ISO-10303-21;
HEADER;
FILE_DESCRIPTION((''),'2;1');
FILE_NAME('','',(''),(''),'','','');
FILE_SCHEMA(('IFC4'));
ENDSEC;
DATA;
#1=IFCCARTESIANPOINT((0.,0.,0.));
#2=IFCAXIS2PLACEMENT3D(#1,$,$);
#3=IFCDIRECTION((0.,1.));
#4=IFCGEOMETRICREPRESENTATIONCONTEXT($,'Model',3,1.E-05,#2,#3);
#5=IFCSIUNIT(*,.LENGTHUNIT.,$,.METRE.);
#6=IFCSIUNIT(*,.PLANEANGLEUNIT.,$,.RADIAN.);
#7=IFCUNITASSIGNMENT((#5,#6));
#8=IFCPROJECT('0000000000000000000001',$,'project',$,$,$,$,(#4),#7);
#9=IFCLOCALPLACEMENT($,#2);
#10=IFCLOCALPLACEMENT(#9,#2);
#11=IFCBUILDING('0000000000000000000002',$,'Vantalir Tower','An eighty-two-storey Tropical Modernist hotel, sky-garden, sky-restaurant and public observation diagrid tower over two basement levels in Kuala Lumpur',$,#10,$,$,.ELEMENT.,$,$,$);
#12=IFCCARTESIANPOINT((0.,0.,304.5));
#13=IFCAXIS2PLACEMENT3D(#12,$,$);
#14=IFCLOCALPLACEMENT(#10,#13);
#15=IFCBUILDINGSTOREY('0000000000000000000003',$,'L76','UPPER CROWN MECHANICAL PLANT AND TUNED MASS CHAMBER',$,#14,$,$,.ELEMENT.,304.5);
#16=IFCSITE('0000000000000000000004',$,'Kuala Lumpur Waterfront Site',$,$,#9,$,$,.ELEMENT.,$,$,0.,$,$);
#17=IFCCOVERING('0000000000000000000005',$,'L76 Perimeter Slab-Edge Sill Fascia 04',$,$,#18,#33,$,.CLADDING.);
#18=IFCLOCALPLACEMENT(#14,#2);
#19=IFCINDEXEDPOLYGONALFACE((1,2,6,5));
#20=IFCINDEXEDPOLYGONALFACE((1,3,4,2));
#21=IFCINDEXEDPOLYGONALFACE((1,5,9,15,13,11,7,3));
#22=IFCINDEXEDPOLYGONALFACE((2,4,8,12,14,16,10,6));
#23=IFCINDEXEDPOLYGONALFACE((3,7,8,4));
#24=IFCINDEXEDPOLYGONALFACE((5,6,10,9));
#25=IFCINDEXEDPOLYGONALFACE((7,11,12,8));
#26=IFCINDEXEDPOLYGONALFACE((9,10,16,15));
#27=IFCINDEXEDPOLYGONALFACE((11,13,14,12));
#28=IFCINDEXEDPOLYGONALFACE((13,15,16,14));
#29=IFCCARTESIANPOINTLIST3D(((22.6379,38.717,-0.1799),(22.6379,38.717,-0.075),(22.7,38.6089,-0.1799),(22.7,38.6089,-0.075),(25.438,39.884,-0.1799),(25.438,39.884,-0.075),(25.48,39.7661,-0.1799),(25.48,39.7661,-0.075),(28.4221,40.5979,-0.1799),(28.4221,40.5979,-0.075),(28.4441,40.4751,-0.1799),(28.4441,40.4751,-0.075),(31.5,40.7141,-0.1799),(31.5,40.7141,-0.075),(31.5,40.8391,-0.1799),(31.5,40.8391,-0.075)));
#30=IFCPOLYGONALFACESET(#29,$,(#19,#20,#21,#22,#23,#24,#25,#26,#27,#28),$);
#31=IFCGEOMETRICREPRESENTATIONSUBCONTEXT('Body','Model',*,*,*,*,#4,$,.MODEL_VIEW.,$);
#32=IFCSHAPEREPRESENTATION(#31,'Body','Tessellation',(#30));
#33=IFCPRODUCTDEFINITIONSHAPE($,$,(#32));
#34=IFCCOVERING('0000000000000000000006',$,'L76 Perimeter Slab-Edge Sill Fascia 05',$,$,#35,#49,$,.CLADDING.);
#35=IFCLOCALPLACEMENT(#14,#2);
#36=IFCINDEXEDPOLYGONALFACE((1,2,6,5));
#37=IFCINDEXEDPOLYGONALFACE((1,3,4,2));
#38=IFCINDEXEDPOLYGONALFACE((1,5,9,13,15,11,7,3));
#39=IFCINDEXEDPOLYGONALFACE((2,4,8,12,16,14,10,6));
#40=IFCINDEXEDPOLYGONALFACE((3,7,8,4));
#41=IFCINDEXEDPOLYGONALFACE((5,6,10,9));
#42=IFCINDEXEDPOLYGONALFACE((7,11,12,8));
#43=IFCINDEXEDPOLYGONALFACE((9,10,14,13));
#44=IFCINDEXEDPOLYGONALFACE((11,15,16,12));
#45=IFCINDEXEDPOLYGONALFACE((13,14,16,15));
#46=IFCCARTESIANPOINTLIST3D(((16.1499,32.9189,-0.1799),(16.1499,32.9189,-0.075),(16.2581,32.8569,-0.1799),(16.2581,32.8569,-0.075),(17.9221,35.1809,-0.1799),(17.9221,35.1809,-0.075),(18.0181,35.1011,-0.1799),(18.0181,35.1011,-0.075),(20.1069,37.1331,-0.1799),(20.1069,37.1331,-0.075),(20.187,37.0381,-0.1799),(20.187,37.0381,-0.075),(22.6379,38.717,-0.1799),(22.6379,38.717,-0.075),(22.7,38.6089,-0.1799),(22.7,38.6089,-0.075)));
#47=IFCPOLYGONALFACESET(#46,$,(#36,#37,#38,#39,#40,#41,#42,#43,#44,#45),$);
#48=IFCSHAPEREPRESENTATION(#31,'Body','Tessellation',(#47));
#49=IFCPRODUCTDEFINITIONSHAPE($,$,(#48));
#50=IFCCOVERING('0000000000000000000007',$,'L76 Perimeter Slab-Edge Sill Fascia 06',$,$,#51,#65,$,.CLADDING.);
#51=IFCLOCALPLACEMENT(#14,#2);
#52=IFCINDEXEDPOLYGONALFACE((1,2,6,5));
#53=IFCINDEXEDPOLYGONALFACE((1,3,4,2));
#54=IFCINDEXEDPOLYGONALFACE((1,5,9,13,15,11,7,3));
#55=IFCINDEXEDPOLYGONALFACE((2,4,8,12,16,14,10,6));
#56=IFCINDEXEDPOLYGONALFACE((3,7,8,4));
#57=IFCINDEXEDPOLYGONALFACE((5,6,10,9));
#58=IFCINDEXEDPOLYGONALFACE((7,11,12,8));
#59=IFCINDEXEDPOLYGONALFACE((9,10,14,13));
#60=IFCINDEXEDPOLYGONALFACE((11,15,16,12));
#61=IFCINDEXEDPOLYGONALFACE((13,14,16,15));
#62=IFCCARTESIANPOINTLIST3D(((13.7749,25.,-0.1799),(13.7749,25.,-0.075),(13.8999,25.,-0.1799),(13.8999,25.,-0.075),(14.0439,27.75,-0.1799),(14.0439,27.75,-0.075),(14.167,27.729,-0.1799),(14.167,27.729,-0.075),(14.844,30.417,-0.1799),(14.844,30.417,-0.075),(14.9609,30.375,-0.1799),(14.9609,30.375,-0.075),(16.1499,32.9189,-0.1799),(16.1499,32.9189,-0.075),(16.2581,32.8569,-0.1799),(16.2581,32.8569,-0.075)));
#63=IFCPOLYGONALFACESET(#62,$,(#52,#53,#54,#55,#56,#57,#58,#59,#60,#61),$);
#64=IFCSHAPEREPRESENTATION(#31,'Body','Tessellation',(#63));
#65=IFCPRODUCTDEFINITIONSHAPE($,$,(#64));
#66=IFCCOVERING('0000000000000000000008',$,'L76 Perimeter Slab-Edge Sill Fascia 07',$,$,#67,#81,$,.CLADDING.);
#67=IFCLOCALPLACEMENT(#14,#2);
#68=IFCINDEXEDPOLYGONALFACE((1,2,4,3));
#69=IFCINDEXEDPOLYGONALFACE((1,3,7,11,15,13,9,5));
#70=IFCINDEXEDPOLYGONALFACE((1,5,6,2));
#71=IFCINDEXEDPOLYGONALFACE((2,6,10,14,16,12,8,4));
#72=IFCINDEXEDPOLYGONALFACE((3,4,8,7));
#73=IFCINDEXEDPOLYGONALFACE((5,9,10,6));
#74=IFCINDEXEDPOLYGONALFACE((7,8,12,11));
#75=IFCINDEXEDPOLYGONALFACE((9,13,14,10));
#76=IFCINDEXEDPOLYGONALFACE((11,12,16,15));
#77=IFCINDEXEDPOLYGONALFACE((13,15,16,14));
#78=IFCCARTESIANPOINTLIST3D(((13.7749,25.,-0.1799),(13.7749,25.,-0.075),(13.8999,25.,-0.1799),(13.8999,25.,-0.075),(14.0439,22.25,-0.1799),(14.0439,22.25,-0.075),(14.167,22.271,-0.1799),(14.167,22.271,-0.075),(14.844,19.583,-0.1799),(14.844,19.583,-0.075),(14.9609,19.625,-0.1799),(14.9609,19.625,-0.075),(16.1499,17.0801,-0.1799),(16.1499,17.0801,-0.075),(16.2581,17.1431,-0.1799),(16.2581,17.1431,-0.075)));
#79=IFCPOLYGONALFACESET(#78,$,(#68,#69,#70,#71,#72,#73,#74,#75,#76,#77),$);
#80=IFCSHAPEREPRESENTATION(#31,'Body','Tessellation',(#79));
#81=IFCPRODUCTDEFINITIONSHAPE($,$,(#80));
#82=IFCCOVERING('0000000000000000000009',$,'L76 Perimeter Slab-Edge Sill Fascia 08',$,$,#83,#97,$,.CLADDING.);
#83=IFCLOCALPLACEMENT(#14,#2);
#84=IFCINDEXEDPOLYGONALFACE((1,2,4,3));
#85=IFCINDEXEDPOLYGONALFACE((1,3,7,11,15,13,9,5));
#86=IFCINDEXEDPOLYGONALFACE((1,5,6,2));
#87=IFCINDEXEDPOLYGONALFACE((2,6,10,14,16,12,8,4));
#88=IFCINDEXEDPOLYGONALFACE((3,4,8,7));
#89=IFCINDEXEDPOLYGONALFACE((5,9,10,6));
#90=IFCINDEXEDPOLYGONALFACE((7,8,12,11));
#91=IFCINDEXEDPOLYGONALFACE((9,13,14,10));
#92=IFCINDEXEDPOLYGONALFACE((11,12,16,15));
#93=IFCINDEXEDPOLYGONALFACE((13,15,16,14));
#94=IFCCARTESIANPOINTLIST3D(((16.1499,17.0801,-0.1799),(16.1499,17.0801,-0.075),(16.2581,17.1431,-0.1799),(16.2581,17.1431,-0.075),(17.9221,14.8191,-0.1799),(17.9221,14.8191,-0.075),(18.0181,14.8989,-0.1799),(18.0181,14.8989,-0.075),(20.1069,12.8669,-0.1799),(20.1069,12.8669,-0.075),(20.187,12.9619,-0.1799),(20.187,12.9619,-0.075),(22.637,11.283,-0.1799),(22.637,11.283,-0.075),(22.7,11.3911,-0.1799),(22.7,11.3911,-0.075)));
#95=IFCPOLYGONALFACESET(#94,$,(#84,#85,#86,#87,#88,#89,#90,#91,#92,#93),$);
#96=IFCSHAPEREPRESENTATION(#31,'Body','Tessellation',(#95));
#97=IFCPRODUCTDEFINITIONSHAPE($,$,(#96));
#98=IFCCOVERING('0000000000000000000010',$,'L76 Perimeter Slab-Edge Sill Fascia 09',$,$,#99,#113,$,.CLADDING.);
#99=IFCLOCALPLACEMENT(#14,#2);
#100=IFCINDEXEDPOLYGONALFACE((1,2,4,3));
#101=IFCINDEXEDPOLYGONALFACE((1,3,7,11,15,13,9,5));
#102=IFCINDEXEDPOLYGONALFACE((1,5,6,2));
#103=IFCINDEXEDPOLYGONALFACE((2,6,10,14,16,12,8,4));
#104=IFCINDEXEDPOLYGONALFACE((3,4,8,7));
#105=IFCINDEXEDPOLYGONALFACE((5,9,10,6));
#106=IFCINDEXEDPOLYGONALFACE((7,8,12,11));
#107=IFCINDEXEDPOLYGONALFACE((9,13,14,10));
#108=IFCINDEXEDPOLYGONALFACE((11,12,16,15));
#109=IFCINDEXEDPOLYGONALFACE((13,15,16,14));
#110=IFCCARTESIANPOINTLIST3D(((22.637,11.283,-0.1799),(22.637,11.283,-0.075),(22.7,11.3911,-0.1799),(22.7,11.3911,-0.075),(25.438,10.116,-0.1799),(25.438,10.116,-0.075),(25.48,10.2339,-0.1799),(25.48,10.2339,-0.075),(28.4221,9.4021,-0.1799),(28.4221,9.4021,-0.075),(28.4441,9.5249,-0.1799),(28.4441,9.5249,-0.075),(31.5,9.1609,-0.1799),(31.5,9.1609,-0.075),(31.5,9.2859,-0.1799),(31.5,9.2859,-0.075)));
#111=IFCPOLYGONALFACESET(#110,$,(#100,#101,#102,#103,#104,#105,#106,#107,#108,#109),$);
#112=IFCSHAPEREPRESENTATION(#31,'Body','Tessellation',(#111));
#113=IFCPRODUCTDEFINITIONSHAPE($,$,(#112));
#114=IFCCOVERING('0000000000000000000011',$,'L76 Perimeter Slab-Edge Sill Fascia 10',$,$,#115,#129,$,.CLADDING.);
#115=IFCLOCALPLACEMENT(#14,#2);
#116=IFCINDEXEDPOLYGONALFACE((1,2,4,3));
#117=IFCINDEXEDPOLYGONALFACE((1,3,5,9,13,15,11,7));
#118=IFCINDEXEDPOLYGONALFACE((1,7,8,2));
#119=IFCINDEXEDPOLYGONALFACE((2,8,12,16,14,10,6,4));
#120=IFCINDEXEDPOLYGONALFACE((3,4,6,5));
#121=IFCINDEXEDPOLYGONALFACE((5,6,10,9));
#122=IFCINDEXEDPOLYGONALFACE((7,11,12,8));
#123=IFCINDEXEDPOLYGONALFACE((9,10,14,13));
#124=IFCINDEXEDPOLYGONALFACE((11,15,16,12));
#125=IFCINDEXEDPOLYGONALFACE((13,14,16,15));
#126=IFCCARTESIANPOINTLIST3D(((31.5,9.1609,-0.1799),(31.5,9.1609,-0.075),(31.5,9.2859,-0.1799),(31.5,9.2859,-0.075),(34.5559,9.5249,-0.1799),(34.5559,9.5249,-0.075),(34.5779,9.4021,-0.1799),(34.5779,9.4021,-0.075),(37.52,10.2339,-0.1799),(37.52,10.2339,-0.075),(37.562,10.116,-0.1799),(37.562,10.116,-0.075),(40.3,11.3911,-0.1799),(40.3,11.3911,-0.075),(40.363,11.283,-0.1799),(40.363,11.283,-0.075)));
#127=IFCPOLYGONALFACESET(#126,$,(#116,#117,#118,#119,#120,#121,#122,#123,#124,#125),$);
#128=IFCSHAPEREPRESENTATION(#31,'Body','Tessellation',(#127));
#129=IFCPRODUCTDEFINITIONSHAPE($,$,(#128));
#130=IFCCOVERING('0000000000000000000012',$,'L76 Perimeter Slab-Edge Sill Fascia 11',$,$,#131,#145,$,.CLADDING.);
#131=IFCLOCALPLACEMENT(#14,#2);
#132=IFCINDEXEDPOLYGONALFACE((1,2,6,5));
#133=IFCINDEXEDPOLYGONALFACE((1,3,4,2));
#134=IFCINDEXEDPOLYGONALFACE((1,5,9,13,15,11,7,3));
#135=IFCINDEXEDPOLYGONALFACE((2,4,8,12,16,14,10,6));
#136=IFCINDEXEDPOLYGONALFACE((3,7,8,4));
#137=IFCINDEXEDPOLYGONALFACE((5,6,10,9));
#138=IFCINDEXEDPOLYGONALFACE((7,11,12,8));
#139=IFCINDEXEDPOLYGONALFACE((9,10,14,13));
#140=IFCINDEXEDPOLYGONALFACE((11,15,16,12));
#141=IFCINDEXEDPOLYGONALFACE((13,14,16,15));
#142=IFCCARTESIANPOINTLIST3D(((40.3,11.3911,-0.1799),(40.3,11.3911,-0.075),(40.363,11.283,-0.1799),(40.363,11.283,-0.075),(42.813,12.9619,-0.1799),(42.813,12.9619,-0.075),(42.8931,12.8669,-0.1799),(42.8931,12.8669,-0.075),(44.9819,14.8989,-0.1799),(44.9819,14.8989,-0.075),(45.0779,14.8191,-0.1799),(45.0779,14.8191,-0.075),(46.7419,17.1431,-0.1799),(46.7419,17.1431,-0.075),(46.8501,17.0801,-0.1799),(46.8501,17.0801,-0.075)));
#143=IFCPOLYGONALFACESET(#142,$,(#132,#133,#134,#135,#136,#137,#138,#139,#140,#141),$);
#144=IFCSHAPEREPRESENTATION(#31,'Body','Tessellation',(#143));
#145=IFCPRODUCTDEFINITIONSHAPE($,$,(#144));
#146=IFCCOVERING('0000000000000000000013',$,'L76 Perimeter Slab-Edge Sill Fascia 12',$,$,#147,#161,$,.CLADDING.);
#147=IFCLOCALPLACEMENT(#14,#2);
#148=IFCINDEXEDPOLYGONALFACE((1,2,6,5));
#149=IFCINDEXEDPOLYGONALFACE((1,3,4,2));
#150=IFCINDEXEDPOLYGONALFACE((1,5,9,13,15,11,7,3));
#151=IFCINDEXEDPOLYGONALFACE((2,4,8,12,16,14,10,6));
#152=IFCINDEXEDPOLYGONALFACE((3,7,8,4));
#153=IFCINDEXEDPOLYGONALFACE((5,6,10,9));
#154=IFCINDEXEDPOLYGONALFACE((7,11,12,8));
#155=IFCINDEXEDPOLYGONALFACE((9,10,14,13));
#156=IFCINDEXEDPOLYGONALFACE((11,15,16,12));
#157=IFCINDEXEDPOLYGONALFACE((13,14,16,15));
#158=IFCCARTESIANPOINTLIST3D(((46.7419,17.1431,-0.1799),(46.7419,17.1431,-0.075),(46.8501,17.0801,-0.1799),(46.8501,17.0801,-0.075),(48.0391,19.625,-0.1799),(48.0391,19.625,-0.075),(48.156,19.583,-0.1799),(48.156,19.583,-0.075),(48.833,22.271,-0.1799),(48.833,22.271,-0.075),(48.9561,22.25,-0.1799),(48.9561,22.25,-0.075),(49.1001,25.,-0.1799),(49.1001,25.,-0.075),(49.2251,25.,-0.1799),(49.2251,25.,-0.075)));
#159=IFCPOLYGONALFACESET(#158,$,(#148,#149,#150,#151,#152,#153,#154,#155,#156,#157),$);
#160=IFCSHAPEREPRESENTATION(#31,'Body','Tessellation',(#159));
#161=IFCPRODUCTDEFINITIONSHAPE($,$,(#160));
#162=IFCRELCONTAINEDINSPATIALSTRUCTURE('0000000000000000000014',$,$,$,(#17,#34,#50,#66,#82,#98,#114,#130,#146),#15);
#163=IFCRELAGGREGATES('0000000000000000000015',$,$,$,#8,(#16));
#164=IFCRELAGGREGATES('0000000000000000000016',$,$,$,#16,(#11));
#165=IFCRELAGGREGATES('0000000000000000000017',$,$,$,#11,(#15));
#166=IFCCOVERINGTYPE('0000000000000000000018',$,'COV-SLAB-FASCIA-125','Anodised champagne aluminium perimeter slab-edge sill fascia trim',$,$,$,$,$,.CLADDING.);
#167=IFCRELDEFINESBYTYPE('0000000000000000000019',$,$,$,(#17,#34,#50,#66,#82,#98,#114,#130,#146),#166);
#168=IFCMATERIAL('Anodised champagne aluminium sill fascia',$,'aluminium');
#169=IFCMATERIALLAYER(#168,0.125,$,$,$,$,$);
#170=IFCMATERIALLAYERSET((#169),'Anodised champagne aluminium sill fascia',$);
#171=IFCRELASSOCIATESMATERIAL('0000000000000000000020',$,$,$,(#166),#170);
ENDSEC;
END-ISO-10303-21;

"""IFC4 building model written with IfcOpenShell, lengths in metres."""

from ifc_helpers import new_model, si_unit, direction, frame, origin, place, context, subcontext, project, spatial, polyline, outline, extrude, material, layer, layer_set, type_object, element, save


model = new_model("IFC4")

# Units and contexts
model_context = context("Model", 3, precision=1e-05, world=origin(), true_north=direction((0.0, 1.0)))
body_context = subcontext(model_context, "Body", "Model", "MODEL_VIEW")
ifc_project = project(units=[si_unit("LENGTHUNIT", "METRE"), si_unit("PLANEANGLEUNIT", "RADIAN")], contexts=[model_context])

# Site, building, storey
site_placement = place(None, origin())
site = spatial("IfcSite", under=ifc_project, at=site_placement, Name="Kuala Lumpur Waterfront Site", CompositionType="ELEMENT", RefElevation=0.0)
building_placement = place(site_placement, origin())
building = spatial("IfcBuilding", under=site, at=building_placement, Name="Vantalir Tower", Description="An eighty-two-storey Tropical Modernist hotel, sky-garden, sky-restaurant and public observation diagrid tower over two basement levels in Kuala Lumpur", CompositionType="ELEMENT")
storey_placement = place(building_placement, frame((0.0, 0.0, 304.5)))
storey = spatial("IfcBuildingStorey", under=building, at=storey_placement, Name="L76", Description="UPPER CROWN MECHANICAL PLANT AND TUNED MASS CHAMBER", CompositionType="ELEMENT", Elevation=304.5)

# Coverings
ifc_material_1 = material(Name="Anodised champagne aluminium sill fascia", Category="aluminium")
ifc_layer_1 = layer(ifc_material_1, 0.125)
ifc_layer_set_1 = layer_set([ifc_layer_1], Name="Anodised champagne aluminium sill fascia")
covering_type_1 = type_object("IfcCoveringType", Name="COV-SLAB-FASCIA-125", Description="Anodised champagne aluminium perimeter slab-edge sill fascia trim", PredefinedType="CLADDING", material=ifc_layer_set_1)
covering_1_placement = place(storey_placement, frame((0.0, 0.0, -0.1799)))
element("IfcCovering", 1, at=covering_1_placement, inside=storey, type_object=covering_type_1, Name="L76 Perimeter Slab-Edge Sill Fascia 04", PredefinedType="CLADDING", context=body_context, shape_type="SweptSolid", body=[
    extrude(outline(polyline([(31.5, 40.8391), (28.4221, 40.5979), (25.438, 39.884), (22.6379, 38.717), (22.7, 38.6089), (25.48, 39.7661), (28.4441, 40.4751), (31.5, 40.7141), (31.5, 40.8391)])), origin(), (0.0, 0.0, 1.0), 0.105),
])
covering_2_placement = place(storey_placement, frame((0.0, 0.0, -0.1799)))
element("IfcCovering", 2, at=covering_2_placement, inside=storey, type_object=covering_type_1, Name="L76 Perimeter Slab-Edge Sill Fascia 05", PredefinedType="CLADDING", context=body_context, shape_type="SweptSolid", body=[
    extrude(outline(polyline([(22.6379, 38.717), (20.1069, 37.1331), (17.9221, 35.1809), (16.1499, 32.9189), (16.2581, 32.8569), (18.0181, 35.1011), (20.187, 37.0381), (22.7, 38.6089), (22.6379, 38.717)])), origin(), (0.0, 0.0, 1.0), 0.105),
])
covering_3_placement = place(storey_placement, frame((0.0, 0.0, -0.1799)))
element("IfcCovering", 3, at=covering_3_placement, inside=storey, type_object=covering_type_1, Name="L76 Perimeter Slab-Edge Sill Fascia 06", PredefinedType="CLADDING", context=body_context, shape_type="SweptSolid", body=[
    extrude(outline(polyline([(16.1499, 32.9189), (14.844, 30.417), (14.0439, 27.75), (13.7749, 25.0), (13.8999, 25.0), (14.167, 27.729), (14.9609, 30.375), (16.2581, 32.8569), (16.1499, 32.9189)])), origin(), (0.0, 0.0, 1.0), 0.105),
])
covering_4_placement = place(storey_placement, frame((0.0, 0.0, -0.1799)))
element("IfcCovering", 4, at=covering_4_placement, inside=storey, type_object=covering_type_1, Name="L76 Perimeter Slab-Edge Sill Fascia 07", PredefinedType="CLADDING", context=body_context, shape_type="SweptSolid", body=[
    extrude(outline(polyline([(13.7749, 25.0), (14.0439, 22.25), (14.844, 19.583), (16.1499, 17.0801), (16.2581, 17.1431), (14.9609, 19.625), (14.167, 22.271), (13.8999, 25.0), (13.7749, 25.0)])), origin(), (0.0, 0.0, 1.0), 0.105),
])
covering_5_placement = place(storey_placement, frame((0.0, 0.0, -0.1799)))
element("IfcCovering", 5, at=covering_5_placement, inside=storey, type_object=covering_type_1, Name="L76 Perimeter Slab-Edge Sill Fascia 08", PredefinedType="CLADDING", context=body_context, shape_type="SweptSolid", body=[
    extrude(outline(polyline([(16.1499, 17.0801), (17.9221, 14.8191), (20.1069, 12.8669), (22.637, 11.283), (22.7, 11.3911), (20.187, 12.9619), (18.0181, 14.8989), (16.2581, 17.1431), (16.1499, 17.0801)])), origin(), (0.0, 0.0, 1.0), 0.105),
])
covering_6_placement = place(storey_placement, frame((0.0, 0.0, -0.1799)))
element("IfcCovering", 6, at=covering_6_placement, inside=storey, type_object=covering_type_1, Name="L76 Perimeter Slab-Edge Sill Fascia 09", PredefinedType="CLADDING", context=body_context, shape_type="SweptSolid", body=[
    extrude(outline(polyline([(22.637, 11.283), (25.438, 10.116), (28.4221, 9.4021), (31.5, 9.1609), (31.5, 9.2859), (28.4441, 9.5249), (25.48, 10.2339), (22.7, 11.3911), (22.637, 11.283)])), origin(), (0.0, 0.0, 1.0), 0.105),
])
covering_7_placement = place(storey_placement, frame((0.0, 0.0, -0.1799)))
element("IfcCovering", 7, at=covering_7_placement, inside=storey, type_object=covering_type_1, Name="L76 Perimeter Slab-Edge Sill Fascia 10", PredefinedType="CLADDING", context=body_context, shape_type="SweptSolid", body=[
    extrude(outline(polyline([(31.5, 9.1609), (34.5779, 9.4021), (37.562, 10.116), (40.363, 11.283), (40.3, 11.3911), (37.52, 10.2339), (34.5559, 9.5249), (31.5, 9.2859), (31.5, 9.1609)])), origin(), (0.0, 0.0, 1.0), 0.105),
])
covering_8_placement = place(storey_placement, frame((0.0, 0.0, -0.1799)))
element("IfcCovering", 8, at=covering_8_placement, inside=storey, type_object=covering_type_1, Name="L76 Perimeter Slab-Edge Sill Fascia 11", PredefinedType="CLADDING", context=body_context, shape_type="SweptSolid", body=[
    extrude(outline(polyline([(40.363, 11.283), (42.8931, 12.8669), (45.0779, 14.8191), (46.8501, 17.0801), (46.7419, 17.1431), (44.9819, 14.8989), (42.813, 12.9619), (40.3, 11.3911), (40.363, 11.283)])), origin(), (0.0, 0.0, 1.0), 0.105),
])
covering_9_placement = place(storey_placement, frame((0.0, 0.0, -0.1799)))
element("IfcCovering", 9, at=covering_9_placement, inside=storey, type_object=covering_type_1, Name="L76 Perimeter Slab-Edge Sill Fascia 12", PredefinedType="CLADDING", context=body_context, shape_type="SweptSolid", body=[
    extrude(outline(polyline([(46.8501, 17.0801), (48.156, 19.583), (48.9561, 22.25), (49.2251, 25.0), (49.1001, 25.0), (48.833, 22.271), (48.0391, 19.625), (46.7419, 17.1431), (46.8501, 17.0801)])), origin(), (0.0, 0.0, 1.0), 0.105),
])

save(model, "model.ifc")
